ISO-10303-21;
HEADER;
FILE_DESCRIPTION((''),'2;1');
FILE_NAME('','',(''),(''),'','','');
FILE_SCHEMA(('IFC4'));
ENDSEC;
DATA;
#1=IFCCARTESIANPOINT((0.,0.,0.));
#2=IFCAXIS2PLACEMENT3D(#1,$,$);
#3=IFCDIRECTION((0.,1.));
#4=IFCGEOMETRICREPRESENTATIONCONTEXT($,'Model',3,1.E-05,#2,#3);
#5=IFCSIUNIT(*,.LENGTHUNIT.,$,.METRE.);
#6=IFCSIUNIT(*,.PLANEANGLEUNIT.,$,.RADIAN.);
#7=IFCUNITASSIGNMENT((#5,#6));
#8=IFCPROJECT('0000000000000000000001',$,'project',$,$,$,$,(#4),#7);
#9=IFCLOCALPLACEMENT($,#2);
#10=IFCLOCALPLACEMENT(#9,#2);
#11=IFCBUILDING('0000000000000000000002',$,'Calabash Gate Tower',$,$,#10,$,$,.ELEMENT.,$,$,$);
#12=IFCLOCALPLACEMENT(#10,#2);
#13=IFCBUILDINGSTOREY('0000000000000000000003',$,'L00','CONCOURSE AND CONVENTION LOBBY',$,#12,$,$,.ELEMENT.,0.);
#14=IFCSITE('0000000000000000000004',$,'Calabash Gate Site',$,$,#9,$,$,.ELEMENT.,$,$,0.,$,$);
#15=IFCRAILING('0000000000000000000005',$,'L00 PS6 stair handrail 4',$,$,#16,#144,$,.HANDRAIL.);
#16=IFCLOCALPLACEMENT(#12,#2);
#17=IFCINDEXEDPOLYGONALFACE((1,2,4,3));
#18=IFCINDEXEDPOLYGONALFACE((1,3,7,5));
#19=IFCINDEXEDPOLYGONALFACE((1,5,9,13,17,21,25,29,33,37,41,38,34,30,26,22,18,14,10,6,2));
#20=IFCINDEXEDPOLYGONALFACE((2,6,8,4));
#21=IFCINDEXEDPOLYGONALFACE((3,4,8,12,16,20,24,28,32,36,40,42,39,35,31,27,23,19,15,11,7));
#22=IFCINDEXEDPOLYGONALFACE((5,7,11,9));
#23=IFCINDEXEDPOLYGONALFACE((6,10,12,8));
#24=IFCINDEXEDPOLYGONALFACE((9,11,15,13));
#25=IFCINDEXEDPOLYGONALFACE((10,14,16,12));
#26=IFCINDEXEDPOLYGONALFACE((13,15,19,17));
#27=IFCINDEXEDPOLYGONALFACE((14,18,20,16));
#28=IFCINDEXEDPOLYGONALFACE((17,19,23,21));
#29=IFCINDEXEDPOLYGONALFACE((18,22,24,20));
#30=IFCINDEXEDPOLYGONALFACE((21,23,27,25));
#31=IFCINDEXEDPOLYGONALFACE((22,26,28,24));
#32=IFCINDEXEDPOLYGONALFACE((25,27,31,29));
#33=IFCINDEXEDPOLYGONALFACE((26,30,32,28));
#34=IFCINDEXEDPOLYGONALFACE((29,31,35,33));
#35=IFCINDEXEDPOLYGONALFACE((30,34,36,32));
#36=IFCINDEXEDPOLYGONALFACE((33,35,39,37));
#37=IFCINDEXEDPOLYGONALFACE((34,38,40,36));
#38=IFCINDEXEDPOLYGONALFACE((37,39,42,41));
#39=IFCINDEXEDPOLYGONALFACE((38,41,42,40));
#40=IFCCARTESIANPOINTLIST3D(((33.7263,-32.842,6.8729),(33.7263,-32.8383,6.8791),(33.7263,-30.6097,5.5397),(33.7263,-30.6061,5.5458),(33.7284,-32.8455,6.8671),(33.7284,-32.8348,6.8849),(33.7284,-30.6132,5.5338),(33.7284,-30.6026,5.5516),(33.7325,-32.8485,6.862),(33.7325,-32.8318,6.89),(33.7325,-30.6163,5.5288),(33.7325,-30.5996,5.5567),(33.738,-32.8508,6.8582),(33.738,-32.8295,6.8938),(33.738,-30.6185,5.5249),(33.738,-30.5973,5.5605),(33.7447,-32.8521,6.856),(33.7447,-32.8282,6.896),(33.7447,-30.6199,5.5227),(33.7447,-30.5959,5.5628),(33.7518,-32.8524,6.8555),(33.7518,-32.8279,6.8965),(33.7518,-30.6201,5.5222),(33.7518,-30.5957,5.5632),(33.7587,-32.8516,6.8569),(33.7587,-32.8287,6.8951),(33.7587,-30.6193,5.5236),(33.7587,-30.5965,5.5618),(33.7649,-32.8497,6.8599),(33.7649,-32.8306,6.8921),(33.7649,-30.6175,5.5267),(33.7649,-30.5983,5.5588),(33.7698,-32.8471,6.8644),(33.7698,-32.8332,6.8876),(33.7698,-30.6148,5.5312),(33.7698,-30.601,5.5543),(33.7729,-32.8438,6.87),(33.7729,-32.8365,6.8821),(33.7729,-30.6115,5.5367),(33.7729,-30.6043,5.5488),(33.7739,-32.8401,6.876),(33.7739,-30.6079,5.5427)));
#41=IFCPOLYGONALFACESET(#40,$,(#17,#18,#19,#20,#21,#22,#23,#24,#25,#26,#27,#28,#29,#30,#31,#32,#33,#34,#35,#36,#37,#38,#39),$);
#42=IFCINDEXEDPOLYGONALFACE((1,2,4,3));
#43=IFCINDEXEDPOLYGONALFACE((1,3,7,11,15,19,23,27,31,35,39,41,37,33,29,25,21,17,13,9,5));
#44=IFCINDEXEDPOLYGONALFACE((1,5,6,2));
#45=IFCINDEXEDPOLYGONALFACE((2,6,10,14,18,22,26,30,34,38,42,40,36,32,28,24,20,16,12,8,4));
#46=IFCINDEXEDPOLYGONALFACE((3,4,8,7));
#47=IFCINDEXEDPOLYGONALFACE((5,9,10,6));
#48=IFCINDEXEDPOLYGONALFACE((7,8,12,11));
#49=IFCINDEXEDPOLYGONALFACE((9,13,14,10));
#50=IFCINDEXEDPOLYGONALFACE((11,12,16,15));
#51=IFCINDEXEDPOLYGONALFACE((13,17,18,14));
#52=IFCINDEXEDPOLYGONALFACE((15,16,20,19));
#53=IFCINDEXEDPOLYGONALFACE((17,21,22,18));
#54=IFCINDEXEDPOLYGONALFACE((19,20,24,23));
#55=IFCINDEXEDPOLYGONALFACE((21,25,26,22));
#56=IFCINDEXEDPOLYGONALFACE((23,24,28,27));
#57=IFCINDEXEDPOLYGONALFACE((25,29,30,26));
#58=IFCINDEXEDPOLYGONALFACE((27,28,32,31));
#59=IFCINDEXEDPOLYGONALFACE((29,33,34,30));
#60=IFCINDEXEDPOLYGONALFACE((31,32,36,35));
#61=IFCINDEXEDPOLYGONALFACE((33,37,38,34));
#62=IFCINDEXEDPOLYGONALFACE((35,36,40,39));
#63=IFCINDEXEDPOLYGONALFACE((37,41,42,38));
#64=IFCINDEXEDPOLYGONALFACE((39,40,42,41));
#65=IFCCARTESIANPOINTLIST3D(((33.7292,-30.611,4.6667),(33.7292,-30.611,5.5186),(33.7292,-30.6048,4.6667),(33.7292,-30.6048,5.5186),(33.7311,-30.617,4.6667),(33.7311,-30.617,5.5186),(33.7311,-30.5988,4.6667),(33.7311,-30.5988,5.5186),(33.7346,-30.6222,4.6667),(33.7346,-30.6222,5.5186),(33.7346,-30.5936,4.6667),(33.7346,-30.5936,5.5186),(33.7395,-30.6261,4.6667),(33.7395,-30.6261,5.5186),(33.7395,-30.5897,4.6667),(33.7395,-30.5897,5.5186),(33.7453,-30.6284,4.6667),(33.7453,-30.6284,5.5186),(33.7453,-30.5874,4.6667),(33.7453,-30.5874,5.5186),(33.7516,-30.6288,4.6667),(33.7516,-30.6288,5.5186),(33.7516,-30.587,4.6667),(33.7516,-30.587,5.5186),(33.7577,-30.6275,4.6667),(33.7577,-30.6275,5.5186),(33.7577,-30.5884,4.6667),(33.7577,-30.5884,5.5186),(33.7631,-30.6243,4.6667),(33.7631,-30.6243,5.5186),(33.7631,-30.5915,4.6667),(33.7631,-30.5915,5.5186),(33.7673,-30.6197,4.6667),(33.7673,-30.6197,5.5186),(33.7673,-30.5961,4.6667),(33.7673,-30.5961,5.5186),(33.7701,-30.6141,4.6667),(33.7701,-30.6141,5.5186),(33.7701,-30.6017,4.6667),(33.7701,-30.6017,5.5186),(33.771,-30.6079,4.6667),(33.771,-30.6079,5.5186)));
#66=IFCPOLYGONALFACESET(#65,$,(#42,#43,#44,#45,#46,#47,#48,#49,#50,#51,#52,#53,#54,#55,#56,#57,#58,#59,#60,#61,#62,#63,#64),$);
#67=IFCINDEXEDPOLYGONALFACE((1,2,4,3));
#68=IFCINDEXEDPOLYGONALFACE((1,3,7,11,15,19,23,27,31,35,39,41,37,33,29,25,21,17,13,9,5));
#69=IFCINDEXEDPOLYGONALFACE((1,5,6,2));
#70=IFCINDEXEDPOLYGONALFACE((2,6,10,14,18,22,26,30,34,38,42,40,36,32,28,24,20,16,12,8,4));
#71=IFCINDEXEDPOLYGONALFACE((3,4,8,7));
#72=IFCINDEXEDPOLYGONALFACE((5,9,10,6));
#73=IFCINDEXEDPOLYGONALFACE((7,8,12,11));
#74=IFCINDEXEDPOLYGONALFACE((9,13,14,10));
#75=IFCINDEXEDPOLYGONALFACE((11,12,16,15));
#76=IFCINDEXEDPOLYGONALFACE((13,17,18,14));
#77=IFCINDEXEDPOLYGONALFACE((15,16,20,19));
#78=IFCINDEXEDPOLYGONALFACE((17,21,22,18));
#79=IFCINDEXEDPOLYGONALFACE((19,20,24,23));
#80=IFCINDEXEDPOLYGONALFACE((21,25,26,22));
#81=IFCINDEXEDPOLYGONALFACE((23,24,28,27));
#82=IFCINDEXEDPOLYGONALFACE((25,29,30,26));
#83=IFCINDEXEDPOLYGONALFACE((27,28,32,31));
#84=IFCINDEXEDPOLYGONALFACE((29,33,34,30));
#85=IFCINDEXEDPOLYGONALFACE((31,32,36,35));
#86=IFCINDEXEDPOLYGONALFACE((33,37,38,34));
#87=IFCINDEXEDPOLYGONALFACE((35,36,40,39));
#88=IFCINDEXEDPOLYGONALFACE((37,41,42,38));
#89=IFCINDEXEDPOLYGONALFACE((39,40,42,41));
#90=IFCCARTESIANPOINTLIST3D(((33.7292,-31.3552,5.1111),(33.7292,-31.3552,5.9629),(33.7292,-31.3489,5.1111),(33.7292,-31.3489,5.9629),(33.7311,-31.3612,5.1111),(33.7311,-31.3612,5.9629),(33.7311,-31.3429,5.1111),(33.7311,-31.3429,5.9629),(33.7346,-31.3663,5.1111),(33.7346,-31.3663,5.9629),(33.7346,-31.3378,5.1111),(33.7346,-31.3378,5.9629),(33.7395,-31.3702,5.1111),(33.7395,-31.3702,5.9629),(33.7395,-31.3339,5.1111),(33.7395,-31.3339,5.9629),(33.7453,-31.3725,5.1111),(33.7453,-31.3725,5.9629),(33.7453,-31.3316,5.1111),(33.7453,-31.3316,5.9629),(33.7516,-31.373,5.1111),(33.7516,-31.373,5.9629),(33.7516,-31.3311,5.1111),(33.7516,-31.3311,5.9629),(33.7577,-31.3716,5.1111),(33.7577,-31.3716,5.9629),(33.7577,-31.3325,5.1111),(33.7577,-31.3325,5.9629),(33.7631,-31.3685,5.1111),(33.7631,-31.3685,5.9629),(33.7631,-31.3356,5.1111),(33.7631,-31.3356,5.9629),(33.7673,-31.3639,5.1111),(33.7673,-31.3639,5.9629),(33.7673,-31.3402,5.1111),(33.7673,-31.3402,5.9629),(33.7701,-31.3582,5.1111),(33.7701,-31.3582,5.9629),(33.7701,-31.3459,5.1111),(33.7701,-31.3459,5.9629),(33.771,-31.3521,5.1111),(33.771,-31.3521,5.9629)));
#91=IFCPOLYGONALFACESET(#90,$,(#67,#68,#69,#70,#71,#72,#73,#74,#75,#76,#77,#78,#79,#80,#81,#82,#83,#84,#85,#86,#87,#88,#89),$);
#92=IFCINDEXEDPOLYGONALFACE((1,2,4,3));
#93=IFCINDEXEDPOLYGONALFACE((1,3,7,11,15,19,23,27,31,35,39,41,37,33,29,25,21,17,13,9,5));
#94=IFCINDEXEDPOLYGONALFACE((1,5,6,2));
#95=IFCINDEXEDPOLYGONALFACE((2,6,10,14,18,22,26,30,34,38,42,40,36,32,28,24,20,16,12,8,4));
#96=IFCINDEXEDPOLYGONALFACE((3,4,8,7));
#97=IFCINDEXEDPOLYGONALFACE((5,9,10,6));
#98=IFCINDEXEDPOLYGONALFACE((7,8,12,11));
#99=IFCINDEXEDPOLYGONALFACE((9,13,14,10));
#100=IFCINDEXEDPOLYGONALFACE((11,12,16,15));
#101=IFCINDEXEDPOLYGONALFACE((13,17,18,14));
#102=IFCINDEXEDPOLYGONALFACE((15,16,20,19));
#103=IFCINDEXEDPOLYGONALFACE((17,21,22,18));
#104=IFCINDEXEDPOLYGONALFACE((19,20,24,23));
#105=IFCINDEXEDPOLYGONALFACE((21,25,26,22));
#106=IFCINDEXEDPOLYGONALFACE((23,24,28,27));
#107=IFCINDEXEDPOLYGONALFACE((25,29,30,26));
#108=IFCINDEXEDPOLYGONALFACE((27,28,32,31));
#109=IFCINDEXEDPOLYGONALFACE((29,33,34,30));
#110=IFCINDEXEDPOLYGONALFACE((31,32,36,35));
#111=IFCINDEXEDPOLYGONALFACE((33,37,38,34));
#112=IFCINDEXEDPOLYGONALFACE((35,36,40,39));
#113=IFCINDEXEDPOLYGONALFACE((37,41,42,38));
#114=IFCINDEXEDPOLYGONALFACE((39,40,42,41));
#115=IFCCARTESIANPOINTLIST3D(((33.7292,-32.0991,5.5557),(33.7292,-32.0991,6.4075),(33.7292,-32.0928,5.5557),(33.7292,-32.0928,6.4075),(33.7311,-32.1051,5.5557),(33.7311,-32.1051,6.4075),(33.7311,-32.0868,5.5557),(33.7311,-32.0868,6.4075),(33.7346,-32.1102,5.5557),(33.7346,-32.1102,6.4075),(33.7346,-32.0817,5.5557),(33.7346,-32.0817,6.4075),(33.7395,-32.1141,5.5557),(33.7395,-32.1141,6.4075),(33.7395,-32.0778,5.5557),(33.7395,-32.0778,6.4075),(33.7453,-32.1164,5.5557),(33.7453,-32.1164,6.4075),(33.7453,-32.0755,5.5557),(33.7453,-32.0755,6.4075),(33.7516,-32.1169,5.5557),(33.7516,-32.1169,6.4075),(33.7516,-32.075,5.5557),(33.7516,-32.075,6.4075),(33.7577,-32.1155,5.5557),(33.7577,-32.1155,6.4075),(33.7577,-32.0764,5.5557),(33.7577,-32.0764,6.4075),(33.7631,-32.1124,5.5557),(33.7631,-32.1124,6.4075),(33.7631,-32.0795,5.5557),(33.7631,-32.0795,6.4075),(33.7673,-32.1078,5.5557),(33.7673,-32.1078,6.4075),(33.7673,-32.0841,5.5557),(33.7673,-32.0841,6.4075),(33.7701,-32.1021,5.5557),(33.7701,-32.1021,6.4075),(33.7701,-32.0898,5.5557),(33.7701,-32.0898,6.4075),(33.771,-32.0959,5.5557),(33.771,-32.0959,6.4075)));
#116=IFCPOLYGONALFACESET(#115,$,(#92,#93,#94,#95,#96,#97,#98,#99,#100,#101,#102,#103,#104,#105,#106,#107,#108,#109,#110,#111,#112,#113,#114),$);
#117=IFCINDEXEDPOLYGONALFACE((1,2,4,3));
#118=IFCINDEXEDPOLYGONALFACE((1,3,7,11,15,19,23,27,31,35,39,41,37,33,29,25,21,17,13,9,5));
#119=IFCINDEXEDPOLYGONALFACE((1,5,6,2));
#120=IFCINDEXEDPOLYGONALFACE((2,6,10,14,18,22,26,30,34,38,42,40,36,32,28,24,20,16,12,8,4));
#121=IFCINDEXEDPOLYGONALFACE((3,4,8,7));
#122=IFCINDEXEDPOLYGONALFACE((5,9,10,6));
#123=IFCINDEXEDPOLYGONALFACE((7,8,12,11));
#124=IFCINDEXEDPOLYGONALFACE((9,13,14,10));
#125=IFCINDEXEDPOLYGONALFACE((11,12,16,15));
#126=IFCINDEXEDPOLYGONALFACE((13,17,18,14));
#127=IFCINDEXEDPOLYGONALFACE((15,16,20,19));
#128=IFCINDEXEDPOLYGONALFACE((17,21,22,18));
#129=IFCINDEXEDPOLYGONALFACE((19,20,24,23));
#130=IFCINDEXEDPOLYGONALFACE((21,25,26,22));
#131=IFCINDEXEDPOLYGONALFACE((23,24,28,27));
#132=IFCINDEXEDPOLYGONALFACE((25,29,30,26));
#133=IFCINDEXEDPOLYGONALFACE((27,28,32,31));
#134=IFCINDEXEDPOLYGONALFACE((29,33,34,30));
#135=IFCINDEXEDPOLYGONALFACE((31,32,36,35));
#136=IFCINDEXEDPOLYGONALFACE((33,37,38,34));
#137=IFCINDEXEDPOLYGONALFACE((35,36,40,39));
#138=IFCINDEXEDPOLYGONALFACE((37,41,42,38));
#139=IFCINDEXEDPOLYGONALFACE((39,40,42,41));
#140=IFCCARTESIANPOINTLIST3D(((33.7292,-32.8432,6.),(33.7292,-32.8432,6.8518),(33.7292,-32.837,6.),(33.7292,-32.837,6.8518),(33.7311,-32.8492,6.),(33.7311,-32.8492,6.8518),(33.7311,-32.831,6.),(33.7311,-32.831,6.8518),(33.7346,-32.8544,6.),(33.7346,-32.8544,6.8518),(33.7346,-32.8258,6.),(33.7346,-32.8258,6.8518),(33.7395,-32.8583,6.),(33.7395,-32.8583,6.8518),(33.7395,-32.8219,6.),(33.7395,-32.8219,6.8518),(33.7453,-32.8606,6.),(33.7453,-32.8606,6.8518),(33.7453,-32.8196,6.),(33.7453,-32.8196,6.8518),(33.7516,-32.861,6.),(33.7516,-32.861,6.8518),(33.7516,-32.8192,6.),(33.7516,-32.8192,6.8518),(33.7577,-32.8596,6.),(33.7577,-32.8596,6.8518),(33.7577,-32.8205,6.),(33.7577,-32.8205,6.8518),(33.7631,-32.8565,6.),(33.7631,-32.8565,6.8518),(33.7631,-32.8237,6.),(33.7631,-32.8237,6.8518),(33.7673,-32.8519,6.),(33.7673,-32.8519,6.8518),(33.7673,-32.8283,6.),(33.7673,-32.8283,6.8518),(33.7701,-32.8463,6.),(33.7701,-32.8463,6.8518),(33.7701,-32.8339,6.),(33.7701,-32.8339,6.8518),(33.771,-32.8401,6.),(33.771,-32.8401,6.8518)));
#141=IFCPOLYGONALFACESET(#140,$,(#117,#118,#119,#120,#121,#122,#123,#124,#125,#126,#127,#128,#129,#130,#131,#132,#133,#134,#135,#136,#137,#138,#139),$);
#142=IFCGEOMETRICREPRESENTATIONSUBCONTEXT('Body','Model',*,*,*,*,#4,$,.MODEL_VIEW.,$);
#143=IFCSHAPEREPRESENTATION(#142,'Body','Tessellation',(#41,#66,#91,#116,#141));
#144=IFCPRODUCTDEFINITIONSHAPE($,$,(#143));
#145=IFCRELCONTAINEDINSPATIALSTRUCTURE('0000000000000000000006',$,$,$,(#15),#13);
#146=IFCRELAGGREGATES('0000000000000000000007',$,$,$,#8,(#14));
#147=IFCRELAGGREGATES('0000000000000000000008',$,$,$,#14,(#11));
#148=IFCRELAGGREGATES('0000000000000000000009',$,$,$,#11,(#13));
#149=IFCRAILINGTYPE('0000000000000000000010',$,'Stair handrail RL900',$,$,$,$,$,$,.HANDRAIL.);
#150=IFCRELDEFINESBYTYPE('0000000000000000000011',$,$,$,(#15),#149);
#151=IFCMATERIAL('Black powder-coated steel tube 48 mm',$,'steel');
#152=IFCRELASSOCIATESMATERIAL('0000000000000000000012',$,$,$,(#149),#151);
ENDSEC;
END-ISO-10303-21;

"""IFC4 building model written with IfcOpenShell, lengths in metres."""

from ifc_helpers import new_model, si_unit, direction, frame, origin, origin_2d, place, context, subcontext, project, spatial, circle, extrude, material, type_object, element, save


model = new_model("IFC4")

# Units and contexts
model_context = context("Model", 3, precision=1e-05, world=origin(), true_north=direction((0.0, 1.0)))
body_context = subcontext(model_context, "Body", "Model", "MODEL_VIEW")
ifc_project = project(units=[si_unit("LENGTHUNIT", "METRE"), si_unit("PLANEANGLEUNIT", "RADIAN")], contexts=[model_context])

# Site, building, storey
site_placement = place(None, origin())
site = spatial("IfcSite", under=ifc_project, at=site_placement, Name="Calabash Gate Site", CompositionType="ELEMENT", RefElevation=0.0)
building_placement = place(site_placement, origin())
building = spatial("IfcBuilding", under=site, at=building_placement, Name="Calabash Gate Tower", CompositionType="ELEMENT")
storey_placement = place(building_placement, origin())
storey = spatial("IfcBuildingStorey", under=building, at=storey_placement, Name="L00", Description="CONCOURSE AND CONVENTION LOBBY", CompositionType="ELEMENT", Elevation=0.0)

# Railing
ifc_material_1 = material(Name="Black powder-coated steel tube 48 mm", Category="steel")
railing_type_1 = type_object("IfcRailingType", Name="Stair handrail RL900", PredefinedType="HANDRAIL", material=ifc_material_1)
for number, where, name in (
    (1, (33.75, -30.6079, 4.6667), "L00 PS6 stair handrail 4"),
):
    element("IfcRailing", number, at=place(storey_placement, frame(where)), inside=storey, type_object=railing_type_1, Name=name, PredefinedType="HANDRAIL", context=body_context, shape_type="SweptSolid", body=[
        extrude(circle(Radius=0.0239, at=origin_2d()), frame((0.0, 0.0, 0.876), z_axis=(0.0, -0.858519, 0.512782), x_axis=(1.0, 0.0, 0.0)), (0.0, 0.0, 1.0), 2.6001),
        extrude(circle(Radius=0.021, at=origin_2d()), origin(), (0.0, 0.0, 1.0), 0.8518),
        extrude(circle(Radius=0.021, at=origin_2d()), frame((0.0, -0.7441, 0.4443)), (0.0, 0.0, 1.0), 0.8518),
        extrude(circle(Radius=0.021, at=origin_2d()), frame((0.0, -1.488, 0.8889)), (0.0, 0.0, 1.0), 0.8518),
        extrude(circle(Radius=0.021, at=origin_2d()), frame((0.0, -2.2322, 1.3333)), (0.0, 0.0, 1.0), 0.8518),
    ])

save(model, "model.ifc")
